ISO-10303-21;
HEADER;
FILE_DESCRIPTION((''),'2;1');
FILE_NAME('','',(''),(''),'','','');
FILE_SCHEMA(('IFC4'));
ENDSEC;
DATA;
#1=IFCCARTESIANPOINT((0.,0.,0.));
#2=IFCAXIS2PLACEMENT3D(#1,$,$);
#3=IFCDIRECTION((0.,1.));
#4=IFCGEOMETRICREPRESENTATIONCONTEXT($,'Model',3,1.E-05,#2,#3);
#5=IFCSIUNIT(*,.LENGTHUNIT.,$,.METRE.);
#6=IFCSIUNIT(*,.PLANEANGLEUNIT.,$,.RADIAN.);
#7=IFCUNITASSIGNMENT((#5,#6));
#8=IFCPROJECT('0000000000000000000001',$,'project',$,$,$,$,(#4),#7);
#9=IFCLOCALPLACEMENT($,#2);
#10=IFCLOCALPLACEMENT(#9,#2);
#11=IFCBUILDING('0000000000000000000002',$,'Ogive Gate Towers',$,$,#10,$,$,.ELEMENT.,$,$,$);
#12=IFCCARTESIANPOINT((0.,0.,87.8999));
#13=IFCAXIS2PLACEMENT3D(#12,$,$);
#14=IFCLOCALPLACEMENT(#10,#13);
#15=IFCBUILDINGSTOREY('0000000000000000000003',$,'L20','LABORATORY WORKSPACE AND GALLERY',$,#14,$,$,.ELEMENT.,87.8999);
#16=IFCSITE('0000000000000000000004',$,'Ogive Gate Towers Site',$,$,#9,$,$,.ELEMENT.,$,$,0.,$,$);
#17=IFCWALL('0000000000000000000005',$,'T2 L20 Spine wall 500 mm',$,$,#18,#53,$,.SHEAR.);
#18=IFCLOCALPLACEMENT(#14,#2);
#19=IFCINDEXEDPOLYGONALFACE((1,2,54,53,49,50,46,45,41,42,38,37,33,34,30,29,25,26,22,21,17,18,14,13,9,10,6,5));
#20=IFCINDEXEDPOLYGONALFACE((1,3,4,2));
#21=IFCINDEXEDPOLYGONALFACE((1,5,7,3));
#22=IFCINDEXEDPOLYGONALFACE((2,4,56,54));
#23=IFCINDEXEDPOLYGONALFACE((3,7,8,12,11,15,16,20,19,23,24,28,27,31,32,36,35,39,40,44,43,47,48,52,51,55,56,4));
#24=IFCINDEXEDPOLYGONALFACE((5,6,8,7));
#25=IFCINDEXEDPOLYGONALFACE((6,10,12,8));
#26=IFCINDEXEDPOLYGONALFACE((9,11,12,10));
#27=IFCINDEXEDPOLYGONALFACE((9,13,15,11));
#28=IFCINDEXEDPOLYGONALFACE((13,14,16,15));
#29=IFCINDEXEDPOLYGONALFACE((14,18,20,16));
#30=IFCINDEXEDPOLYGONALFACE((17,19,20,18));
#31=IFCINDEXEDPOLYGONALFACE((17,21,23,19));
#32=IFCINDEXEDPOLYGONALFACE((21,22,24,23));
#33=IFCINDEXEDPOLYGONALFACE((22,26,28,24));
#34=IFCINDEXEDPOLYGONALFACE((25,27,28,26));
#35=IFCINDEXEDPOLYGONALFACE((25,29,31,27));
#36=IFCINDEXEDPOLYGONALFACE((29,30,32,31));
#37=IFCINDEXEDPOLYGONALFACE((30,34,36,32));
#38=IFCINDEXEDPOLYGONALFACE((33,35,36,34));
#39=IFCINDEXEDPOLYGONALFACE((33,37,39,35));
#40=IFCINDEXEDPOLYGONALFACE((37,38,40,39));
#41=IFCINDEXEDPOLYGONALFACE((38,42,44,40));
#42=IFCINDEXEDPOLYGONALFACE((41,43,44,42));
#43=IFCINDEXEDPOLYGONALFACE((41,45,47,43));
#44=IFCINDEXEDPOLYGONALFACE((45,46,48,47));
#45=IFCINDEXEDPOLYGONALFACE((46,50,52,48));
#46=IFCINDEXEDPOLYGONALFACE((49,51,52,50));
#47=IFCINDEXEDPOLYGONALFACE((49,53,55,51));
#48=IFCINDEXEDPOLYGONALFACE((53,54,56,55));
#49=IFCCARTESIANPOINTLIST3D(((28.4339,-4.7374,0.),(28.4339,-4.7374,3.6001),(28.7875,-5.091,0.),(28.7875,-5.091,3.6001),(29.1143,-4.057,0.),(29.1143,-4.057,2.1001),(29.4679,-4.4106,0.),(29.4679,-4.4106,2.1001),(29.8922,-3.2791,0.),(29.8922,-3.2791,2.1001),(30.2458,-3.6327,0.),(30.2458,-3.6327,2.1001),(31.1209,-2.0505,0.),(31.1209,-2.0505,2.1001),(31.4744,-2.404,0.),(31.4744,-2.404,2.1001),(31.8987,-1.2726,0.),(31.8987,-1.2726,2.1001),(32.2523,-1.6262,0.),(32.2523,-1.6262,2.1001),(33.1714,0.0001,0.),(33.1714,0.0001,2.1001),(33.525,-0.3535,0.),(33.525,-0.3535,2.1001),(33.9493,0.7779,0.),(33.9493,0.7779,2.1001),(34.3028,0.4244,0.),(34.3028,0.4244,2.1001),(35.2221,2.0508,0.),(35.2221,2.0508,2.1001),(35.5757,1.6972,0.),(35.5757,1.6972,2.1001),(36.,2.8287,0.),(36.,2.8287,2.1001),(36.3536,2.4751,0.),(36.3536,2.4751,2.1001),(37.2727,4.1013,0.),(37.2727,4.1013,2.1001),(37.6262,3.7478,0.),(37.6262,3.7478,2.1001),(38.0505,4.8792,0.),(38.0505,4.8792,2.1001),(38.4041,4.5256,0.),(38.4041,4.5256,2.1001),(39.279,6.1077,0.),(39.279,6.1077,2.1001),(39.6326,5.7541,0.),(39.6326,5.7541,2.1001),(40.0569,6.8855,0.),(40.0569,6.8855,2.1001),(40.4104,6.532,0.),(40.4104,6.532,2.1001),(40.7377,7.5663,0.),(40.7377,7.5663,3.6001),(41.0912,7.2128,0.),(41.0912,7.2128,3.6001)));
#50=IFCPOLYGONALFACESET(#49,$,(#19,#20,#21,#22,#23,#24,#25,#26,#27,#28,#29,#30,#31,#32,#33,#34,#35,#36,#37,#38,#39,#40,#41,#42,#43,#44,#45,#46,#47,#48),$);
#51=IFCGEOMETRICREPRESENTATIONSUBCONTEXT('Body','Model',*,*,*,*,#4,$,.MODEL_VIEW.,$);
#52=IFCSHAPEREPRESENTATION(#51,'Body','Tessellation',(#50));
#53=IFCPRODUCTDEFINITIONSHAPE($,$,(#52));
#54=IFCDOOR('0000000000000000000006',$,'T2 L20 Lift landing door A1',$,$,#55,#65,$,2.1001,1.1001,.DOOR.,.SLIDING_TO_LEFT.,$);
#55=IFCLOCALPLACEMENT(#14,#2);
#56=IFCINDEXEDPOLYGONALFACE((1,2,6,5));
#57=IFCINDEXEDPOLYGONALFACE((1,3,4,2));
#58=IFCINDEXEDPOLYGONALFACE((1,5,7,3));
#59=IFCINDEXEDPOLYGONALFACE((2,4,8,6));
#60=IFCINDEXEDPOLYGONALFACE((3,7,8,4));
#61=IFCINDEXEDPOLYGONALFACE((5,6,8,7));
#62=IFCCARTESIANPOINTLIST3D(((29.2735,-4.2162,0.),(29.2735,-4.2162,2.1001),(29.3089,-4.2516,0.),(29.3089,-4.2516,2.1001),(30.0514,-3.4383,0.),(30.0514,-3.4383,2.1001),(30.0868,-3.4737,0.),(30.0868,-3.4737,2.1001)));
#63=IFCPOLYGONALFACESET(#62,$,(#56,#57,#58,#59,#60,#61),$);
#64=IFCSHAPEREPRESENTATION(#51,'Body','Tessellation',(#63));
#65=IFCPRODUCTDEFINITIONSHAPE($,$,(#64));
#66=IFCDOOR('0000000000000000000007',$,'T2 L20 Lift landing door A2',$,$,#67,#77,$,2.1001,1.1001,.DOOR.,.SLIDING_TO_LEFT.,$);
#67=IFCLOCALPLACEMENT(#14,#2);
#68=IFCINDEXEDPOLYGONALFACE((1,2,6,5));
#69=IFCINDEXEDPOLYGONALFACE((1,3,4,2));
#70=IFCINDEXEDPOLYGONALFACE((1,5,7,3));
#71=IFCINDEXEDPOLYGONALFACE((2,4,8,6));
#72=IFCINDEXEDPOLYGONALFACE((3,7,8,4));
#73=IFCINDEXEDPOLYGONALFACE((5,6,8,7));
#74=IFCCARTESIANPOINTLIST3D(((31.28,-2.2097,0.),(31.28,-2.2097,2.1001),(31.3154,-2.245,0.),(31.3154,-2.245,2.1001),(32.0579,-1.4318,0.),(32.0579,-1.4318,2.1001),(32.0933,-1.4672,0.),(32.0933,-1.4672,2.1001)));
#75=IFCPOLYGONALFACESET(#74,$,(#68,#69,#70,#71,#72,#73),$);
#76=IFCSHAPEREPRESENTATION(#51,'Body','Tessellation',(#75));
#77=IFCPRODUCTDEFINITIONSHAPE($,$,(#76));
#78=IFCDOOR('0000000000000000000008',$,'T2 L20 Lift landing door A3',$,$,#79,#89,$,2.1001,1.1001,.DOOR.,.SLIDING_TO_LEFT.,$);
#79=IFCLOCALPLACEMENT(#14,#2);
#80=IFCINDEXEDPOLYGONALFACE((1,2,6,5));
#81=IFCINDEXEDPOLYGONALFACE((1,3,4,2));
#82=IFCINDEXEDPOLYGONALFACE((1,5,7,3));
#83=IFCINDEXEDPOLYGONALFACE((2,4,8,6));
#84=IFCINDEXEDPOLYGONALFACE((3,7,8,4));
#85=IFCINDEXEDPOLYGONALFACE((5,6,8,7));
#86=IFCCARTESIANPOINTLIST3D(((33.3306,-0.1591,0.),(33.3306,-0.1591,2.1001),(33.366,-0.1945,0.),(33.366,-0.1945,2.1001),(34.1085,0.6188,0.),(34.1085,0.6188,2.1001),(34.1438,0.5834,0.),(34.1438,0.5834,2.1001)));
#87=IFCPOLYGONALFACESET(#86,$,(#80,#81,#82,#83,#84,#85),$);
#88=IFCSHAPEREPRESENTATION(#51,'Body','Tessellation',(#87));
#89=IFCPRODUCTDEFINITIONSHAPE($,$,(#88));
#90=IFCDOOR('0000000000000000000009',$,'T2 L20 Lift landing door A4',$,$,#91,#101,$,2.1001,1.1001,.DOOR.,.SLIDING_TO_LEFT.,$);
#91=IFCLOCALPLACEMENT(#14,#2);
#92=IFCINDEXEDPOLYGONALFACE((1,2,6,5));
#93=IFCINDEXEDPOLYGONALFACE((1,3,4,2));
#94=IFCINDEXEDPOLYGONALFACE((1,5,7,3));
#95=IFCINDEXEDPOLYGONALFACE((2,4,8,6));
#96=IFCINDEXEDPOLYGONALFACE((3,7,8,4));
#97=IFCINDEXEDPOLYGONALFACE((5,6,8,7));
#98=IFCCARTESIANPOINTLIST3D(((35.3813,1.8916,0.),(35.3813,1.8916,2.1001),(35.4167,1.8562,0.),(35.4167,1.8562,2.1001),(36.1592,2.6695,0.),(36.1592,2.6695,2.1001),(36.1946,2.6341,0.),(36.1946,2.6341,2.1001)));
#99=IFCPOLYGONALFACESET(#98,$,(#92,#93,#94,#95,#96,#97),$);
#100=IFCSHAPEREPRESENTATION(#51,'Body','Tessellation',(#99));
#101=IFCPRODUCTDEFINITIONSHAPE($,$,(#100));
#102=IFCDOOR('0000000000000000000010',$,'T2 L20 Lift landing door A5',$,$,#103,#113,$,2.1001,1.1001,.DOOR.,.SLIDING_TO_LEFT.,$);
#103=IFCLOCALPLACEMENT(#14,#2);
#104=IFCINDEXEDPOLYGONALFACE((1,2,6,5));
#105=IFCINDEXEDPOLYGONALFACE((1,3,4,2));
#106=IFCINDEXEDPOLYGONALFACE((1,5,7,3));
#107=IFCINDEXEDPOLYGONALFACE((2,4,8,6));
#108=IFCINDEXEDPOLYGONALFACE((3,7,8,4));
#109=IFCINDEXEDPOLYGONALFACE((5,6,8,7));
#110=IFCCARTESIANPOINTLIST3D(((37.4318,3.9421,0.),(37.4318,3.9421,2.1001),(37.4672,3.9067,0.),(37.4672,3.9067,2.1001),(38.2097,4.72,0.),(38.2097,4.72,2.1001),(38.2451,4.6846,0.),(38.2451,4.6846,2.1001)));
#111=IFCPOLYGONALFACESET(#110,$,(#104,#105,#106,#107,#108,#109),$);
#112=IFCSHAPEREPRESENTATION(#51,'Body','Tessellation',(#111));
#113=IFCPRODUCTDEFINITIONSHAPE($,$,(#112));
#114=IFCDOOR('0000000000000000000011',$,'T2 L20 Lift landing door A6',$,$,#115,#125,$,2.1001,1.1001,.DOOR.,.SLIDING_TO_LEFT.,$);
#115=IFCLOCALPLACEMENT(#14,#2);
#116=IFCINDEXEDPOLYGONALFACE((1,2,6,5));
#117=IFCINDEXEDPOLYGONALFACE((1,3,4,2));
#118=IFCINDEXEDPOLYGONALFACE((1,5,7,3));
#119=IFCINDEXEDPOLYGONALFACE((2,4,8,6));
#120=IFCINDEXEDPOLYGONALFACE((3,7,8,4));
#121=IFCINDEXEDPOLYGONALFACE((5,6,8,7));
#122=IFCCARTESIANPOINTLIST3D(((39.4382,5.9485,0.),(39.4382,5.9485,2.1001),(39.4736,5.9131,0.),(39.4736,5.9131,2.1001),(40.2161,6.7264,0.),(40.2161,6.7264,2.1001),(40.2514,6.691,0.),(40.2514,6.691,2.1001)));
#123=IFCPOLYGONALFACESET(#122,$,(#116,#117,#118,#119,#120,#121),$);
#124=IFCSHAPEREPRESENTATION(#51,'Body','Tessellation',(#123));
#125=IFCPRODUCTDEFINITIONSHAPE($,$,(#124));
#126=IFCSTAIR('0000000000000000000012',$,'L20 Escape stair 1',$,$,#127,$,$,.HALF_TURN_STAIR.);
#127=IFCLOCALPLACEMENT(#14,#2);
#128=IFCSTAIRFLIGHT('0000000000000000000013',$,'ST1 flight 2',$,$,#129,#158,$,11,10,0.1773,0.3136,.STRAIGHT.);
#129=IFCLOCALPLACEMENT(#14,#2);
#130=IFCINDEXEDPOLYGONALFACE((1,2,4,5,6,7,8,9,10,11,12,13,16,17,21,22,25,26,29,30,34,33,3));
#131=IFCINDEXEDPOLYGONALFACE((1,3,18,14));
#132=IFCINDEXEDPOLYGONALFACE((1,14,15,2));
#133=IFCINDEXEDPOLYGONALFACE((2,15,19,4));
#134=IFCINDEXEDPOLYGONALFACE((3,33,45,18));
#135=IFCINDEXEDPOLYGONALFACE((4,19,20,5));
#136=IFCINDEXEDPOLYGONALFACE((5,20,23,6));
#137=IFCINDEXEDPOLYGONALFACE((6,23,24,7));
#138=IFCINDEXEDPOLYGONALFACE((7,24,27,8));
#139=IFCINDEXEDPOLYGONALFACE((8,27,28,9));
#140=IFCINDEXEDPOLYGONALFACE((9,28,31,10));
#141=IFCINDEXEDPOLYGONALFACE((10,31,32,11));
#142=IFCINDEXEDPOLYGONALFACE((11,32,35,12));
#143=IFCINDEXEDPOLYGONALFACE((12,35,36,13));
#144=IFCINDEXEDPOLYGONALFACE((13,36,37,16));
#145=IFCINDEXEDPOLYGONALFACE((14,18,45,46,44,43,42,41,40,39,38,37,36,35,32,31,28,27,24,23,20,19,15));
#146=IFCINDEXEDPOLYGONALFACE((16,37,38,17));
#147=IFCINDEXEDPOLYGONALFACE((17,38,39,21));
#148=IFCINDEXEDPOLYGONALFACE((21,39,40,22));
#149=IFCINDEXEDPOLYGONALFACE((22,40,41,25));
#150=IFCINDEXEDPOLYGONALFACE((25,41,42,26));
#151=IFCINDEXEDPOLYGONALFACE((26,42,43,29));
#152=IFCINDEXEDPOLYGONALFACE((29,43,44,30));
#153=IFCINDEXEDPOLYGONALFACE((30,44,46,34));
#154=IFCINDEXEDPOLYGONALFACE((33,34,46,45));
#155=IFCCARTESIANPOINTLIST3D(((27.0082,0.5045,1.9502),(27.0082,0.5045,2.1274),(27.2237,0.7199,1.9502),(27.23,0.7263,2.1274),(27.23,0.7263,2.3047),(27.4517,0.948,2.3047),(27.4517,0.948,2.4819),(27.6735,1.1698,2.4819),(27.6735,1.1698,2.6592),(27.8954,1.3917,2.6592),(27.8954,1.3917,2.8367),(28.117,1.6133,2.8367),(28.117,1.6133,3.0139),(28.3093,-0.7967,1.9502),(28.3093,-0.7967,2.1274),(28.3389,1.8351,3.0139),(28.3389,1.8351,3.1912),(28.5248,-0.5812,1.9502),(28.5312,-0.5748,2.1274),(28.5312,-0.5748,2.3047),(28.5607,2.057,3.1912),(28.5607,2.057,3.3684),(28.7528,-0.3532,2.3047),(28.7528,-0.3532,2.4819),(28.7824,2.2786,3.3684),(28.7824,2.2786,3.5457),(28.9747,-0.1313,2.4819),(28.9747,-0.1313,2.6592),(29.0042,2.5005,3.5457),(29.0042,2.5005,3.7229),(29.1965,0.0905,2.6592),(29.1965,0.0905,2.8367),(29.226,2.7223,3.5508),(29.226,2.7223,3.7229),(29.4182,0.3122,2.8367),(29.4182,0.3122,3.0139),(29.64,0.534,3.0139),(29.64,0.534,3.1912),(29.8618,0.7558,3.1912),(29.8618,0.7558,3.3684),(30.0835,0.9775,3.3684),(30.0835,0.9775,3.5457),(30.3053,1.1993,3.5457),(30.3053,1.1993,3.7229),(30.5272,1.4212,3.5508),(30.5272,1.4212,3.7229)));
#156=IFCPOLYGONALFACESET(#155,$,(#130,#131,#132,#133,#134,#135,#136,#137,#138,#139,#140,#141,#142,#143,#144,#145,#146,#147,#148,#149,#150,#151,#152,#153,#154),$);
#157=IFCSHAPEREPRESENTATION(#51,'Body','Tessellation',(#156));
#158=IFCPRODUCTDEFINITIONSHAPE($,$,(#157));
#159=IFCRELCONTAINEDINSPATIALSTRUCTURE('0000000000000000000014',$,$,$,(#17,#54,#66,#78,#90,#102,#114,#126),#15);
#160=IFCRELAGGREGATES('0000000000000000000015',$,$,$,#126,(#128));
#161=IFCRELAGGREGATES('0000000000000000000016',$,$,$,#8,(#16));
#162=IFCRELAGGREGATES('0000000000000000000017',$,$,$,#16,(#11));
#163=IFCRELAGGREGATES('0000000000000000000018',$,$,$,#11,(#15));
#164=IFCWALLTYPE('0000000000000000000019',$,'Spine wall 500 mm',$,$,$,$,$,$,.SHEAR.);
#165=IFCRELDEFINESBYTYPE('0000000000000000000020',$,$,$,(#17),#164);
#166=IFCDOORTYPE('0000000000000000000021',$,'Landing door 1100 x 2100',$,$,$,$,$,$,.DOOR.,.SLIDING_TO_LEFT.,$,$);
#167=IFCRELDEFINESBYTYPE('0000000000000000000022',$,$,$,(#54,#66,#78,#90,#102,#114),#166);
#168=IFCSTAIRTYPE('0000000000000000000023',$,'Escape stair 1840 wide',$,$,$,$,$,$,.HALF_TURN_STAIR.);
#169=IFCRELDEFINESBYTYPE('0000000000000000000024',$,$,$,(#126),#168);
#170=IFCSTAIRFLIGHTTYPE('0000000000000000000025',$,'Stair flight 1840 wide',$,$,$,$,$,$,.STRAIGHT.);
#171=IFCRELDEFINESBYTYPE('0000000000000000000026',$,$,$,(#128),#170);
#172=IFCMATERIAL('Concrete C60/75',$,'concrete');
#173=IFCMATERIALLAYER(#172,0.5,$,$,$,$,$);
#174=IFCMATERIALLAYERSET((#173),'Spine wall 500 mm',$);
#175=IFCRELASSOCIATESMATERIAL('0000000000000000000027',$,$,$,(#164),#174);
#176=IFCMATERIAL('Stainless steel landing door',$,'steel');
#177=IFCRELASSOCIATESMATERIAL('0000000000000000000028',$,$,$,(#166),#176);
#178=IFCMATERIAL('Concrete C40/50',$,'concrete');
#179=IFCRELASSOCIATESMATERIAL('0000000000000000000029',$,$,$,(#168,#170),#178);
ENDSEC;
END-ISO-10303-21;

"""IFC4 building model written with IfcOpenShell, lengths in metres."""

from ifc_helpers import new_model, si_unit, direction, frame, frame_2d, origin, place, context, subcontext, project, spatial, polyline, rectangle, outline, extrude, material, layer, layer_set, type_object, element, fill, aggregate, save


model = new_model("IFC4")

# Units and contexts
model_context = context("Model", 3, precision=1e-05, world=origin(), true_north=direction((0.0, 1.0)))
body_context = subcontext(model_context, "Body", "Model", "MODEL_VIEW")
ifc_project = project(units=[si_unit("LENGTHUNIT", "METRE"), si_unit("PLANEANGLEUNIT", "RADIAN")], contexts=[model_context])

# Site, building, storey
site_placement = place(None, origin())
site = spatial("IfcSite", under=ifc_project, at=site_placement, Name="Ogive Gate Towers Site", CompositionType="ELEMENT", RefElevation=0.0)
building_placement = place(site_placement, origin())
building = spatial("IfcBuilding", under=site, at=building_placement, Name="Ogive Gate Towers", CompositionType="ELEMENT")
storey_placement = place(building_placement, frame((0.0, 0.0, 87.8999)))
storey = spatial("IfcBuildingStorey", under=building, at=storey_placement, Name="L20", Description="LABORATORY WORKSPACE AND GALLERY", CompositionType="ELEMENT", Elevation=87.8999)

# Shared definitions
ifc_material_1 = material(Name="Concrete C60/75", Category="concrete")

# Wall, openings, doors
ifc_layer_1 = layer(ifc_material_1, 0.5)
ifc_layer_set_1 = layer_set([ifc_layer_1], Name="Spine wall 500 mm")
wall_type_1 = type_object("IfcWallType", Name="Spine wall 500 mm", PredefinedType="SHEAR", material=ifc_layer_set_1)
ifc_material_2 = material(Name="Stainless steel landing door", Category="steel")
wall_1_placement = place(storey_placement, frame((28.6106, -4.9143, 0.0), z_axis=(0.0, 0.0, 1.0), x_axis=(0.707107, 0.707107, 0.0)))
wall_1 = element("IfcWall", 1, at=wall_1_placement, inside=storey, type_object=wall_type_1, Name="T2 L20 Spine wall 500 mm", PredefinedType="SHEAR", context=body_context, shape_type="SweptSolid", body=[
    extrude(rectangle(XDim=17.4001, YDim=0.5, at=frame_2d((8.7002, 0.0))), origin(), (0.0, 0.0, 1.0), 3.6001),
])
opening_1_placement = place(wall_1_placement, frame((0.9624, 0.0, 0.0)))
opening_1 = element("IfcOpeningElement", 2, at=opening_1_placement, cuts=wall_1, PredefinedType="OPENING", context=body_context, shape_type="SweptSolid", body=[
    extrude(rectangle(XDim=1.1001, YDim=2.1001, at=frame_2d((0.55, 1.05))), frame((0.0, 0.26, 0.0), z_axis=(0.0, -1.0, 0.0), x_axis=(1.0, 0.0, 0.0)), (0.0, 0.0, 1.0), 0.52),
])
opening_2_placement = place(wall_1_placement, frame((3.8, 0.0, 0.0)))
opening_2 = element("IfcOpeningElement", 3, at=opening_2_placement, cuts=wall_1, PredefinedType="OPENING", context=body_context, shape_type="SweptSolid", body=[
    extrude(rectangle(XDim=1.1001, YDim=2.1001, at=frame_2d((0.55, 1.05))), frame((0.0, 0.26, 0.0), z_axis=(0.0, -1.0, 0.0), x_axis=(1.0, 0.0, 0.0)), (0.0, 0.0, 1.0), 0.52),
])
opening_3_placement = place(wall_1_placement, frame((6.7, 0.0, 0.0)))
opening_3 = element("IfcOpeningElement", 4, at=opening_3_placement, cuts=wall_1, PredefinedType="OPENING", context=body_context, shape_type="SweptSolid", body=[
    extrude(rectangle(XDim=1.1001, YDim=2.1001, at=frame_2d((0.55, 1.05))), frame((0.0, 0.26, 0.0), z_axis=(0.0, -1.0, 0.0), x_axis=(1.0, 0.0, 0.0)), (0.0, 0.0, 1.0), 0.52),
])
opening_4_placement = place(wall_1_placement, frame((9.6001, 0.0, 0.0)))
opening_4 = element("IfcOpeningElement", 5, at=opening_4_placement, cuts=wall_1, PredefinedType="OPENING", context=body_context, shape_type="SweptSolid", body=[
    extrude(rectangle(XDim=1.1001, YDim=2.1001, at=frame_2d((0.55, 1.05))), frame((0.0, 0.26, 0.0), z_axis=(0.0, -1.0, 0.0), x_axis=(1.0, 0.0, 0.0)), (0.0, 0.0, 1.0), 0.52),
])
opening_5_placement = place(wall_1_placement, frame((12.5, 0.0, 0.0)))
opening_5 = element("IfcOpeningElement", 6, at=opening_5_placement, cuts=wall_1, PredefinedType="OPENING", context=body_context, shape_type="SweptSolid", body=[
    extrude(rectangle(XDim=1.1001, YDim=2.1001, at=frame_2d((0.55, 1.05))), frame((0.0, 0.26, 0.0), z_axis=(0.0, -1.0, 0.0), x_axis=(1.0, 0.0, 0.0)), (0.0, 0.0, 1.0), 0.52),
])
opening_6_placement = place(wall_1_placement, frame((15.3374, 0.0, 0.0)))
opening_6 = element("IfcOpeningElement", 7, at=opening_6_placement, cuts=wall_1, PredefinedType="OPENING", context=body_context, shape_type="SweptSolid", body=[
    extrude(rectangle(XDim=1.1001, YDim=2.1001, at=frame_2d((0.55, 1.05))), frame((0.0, 0.26, 0.0), z_axis=(0.0, -1.0, 0.0), x_axis=(1.0, 0.0, 0.0)), (0.0, 0.0, 1.0), 0.52),
])
door_type_1 = type_object("IfcDoorType", Name="Landing door 1100 x 2100", OperationType="SLIDING_TO_LEFT", PredefinedType="DOOR", material=ifc_material_2)
door_1_placement = place(opening_1_placement, origin())
door_1 = element("IfcDoor", 8, at=door_1_placement, inside=storey, type_object=door_type_1, Name="T2 L20 Lift landing door A1", OperationType="SLIDING_TO_LEFT", OverallHeight=2.1001, OverallWidth=1.1001, PredefinedType="DOOR", context=body_context, shape_type="SweptSolid", body=[
    extrude(rectangle(XDim=1.1001, YDim=2.1001, at=frame_2d((0.55, 1.05))), frame((0.0, 0.0249, 0.0), z_axis=(0.0, -1.0, 0.0), x_axis=(1.0, 0.0, 0.0)), (0.0, 0.0, 1.0), 0.05),
])
fill(opening_1, door_1)
door_2_placement = place(opening_2_placement, origin())
door_2 = element("IfcDoor", 9, at=door_2_placement, inside=storey, type_object=door_type_1, Name="T2 L20 Lift landing door A2", OperationType="SLIDING_TO_LEFT", OverallHeight=2.1001, OverallWidth=1.1001, PredefinedType="DOOR", context=body_context, shape_type="SweptSolid", body=[
    extrude(rectangle(XDim=1.1001, YDim=2.1001, at=frame_2d((0.55, 1.05))), frame((0.0, 0.0249, 0.0), z_axis=(0.0, -1.0, 0.0), x_axis=(1.0, 0.0, 0.0)), (0.0, 0.0, 1.0), 0.05),
])
fill(opening_2, door_2)
door_3_placement = place(opening_3_placement, origin())
door_3 = element("IfcDoor", 10, at=door_3_placement, inside=storey, type_object=door_type_1, Name="T2 L20 Lift landing door A3", OperationType="SLIDING_TO_LEFT", OverallHeight=2.1001, OverallWidth=1.1001, PredefinedType="DOOR", context=body_context, shape_type="SweptSolid", body=[
    extrude(rectangle(XDim=1.1001, YDim=2.1001, at=frame_2d((0.55, 1.05))), frame((0.0, 0.0249, 0.0), z_axis=(0.0, -1.0, 0.0), x_axis=(1.0, 0.0, 0.0)), (0.0, 0.0, 1.0), 0.05),
])
fill(opening_3, door_3)
door_4_placement = place(opening_4_placement, origin())
door_4 = element("IfcDoor", 11, at=door_4_placement, inside=storey, type_object=door_type_1, Name="T2 L20 Lift landing door A4", OperationType="SLIDING_TO_LEFT", OverallHeight=2.1001, OverallWidth=1.1001, PredefinedType="DOOR", context=body_context, shape_type="SweptSolid", body=[
    extrude(rectangle(XDim=1.1001, YDim=2.1001, at=frame_2d((0.55, 1.05))), frame((0.0, 0.0249, 0.0), z_axis=(0.0, -1.0, 0.0), x_axis=(1.0, 0.0, 0.0)), (0.0, 0.0, 1.0), 0.05),
])
fill(opening_4, door_4)
door_5_placement = place(opening_5_placement, origin())
door_5 = element("IfcDoor", 12, at=door_5_placement, inside=storey, type_object=door_type_1, Name="T2 L20 Lift landing door A5", OperationType="SLIDING_TO_LEFT", OverallHeight=2.1001, OverallWidth=1.1001, PredefinedType="DOOR", context=body_context, shape_type="SweptSolid", body=[
    extrude(rectangle(XDim=1.1001, YDim=2.1001, at=frame_2d((0.55, 1.05))), frame((0.0, 0.0249, 0.0), z_axis=(0.0, -1.0, 0.0), x_axis=(1.0, 0.0, 0.0)), (0.0, 0.0, 1.0), 0.05),
])
fill(opening_5, door_5)
door_6_placement = place(opening_6_placement, origin())
door_6 = element("IfcDoor", 13, at=door_6_placement, inside=storey, type_object=door_type_1, Name="T2 L20 Lift landing door A6", OperationType="SLIDING_TO_LEFT", OverallHeight=2.1001, OverallWidth=1.1001, PredefinedType="DOOR", context=body_context, shape_type="SweptSolid", body=[
    extrude(rectangle(XDim=1.1001, YDim=2.1001, at=frame_2d((0.55, 1.05))), frame((0.0, 0.0249, 0.0), z_axis=(0.0, -1.0, 0.0), x_axis=(1.0, 0.0, 0.0)), (0.0, 0.0, 1.0), 0.05),
])
fill(opening_6, door_6)

# Stair, stair flight
ifc_material_3 = material(Name="Concrete C40/50", Category="concrete")
stair_type = type_object("IfcStairType", Name="Escape stair 1840 wide", PredefinedType="HALF_TURN_STAIR", material=ifc_material_3)
stair_placement = place(storey_placement, origin())
stair = element("IfcStair", 14, at=stair_placement, inside=storey, type_object=stair_type, Name="L20 Escape stair 1", PredefinedType="HALF_TURN_STAIR")
stair_flight_type = type_object("IfcStairFlightType", Name="Stair flight 1840 wide", PredefinedType="STRAIGHT", material=ifc_material_3)
stair_flight_placement = place(storey_placement, frame((27.6587, -0.146, 1.9502), z_axis=(0.0, 0.0, 1.0), x_axis=(0.707107, 0.707107, 0.0)))
stair_flight = element("IfcStairFlight", 15, at=stair_flight_placement, type_object=stair_flight_type, Name="ST1 flight 2", NumberOfRisers=11, NumberOfTreads=10, PredefinedType="STRAIGHT", RiserHeight=0.1773, TreadLength=0.3136, context=body_context, shape_type="SweptSolid", body=[
    extrude(outline(polyline([(0.0, 0.0), (0.0, 0.1772), (0.3137, 0.1772), (0.3137, 0.3545), (0.6272, 0.3545), (0.6272, 0.5317), (0.9409, 0.5317), (0.9409, 0.709), (1.2546, 0.709), (1.2546, 0.8865), (1.5681, 0.8865), (1.5681, 1.0637), (1.8818, 1.0637), (1.8818, 1.241), (2.1956, 1.241), (2.1956, 1.4182), (2.509, 1.4182), (2.509, 1.5955), (2.8228, 1.5955), (2.8228, 1.7727), (3.1365, 1.7727), (3.1365, 1.95), (3.1365, 1.6006), (0.3047, 0.0), (0.0, 0.0)])), frame((0.0, 0.9199, 0.0), z_axis=(0.0, -1.0, 0.0), x_axis=(1.0, 0.0, 0.0)), (0.0, 0.0, 1.0), 1.8401),
])
aggregate(stair, [stair_flight])

save(model, "model.ifc")
